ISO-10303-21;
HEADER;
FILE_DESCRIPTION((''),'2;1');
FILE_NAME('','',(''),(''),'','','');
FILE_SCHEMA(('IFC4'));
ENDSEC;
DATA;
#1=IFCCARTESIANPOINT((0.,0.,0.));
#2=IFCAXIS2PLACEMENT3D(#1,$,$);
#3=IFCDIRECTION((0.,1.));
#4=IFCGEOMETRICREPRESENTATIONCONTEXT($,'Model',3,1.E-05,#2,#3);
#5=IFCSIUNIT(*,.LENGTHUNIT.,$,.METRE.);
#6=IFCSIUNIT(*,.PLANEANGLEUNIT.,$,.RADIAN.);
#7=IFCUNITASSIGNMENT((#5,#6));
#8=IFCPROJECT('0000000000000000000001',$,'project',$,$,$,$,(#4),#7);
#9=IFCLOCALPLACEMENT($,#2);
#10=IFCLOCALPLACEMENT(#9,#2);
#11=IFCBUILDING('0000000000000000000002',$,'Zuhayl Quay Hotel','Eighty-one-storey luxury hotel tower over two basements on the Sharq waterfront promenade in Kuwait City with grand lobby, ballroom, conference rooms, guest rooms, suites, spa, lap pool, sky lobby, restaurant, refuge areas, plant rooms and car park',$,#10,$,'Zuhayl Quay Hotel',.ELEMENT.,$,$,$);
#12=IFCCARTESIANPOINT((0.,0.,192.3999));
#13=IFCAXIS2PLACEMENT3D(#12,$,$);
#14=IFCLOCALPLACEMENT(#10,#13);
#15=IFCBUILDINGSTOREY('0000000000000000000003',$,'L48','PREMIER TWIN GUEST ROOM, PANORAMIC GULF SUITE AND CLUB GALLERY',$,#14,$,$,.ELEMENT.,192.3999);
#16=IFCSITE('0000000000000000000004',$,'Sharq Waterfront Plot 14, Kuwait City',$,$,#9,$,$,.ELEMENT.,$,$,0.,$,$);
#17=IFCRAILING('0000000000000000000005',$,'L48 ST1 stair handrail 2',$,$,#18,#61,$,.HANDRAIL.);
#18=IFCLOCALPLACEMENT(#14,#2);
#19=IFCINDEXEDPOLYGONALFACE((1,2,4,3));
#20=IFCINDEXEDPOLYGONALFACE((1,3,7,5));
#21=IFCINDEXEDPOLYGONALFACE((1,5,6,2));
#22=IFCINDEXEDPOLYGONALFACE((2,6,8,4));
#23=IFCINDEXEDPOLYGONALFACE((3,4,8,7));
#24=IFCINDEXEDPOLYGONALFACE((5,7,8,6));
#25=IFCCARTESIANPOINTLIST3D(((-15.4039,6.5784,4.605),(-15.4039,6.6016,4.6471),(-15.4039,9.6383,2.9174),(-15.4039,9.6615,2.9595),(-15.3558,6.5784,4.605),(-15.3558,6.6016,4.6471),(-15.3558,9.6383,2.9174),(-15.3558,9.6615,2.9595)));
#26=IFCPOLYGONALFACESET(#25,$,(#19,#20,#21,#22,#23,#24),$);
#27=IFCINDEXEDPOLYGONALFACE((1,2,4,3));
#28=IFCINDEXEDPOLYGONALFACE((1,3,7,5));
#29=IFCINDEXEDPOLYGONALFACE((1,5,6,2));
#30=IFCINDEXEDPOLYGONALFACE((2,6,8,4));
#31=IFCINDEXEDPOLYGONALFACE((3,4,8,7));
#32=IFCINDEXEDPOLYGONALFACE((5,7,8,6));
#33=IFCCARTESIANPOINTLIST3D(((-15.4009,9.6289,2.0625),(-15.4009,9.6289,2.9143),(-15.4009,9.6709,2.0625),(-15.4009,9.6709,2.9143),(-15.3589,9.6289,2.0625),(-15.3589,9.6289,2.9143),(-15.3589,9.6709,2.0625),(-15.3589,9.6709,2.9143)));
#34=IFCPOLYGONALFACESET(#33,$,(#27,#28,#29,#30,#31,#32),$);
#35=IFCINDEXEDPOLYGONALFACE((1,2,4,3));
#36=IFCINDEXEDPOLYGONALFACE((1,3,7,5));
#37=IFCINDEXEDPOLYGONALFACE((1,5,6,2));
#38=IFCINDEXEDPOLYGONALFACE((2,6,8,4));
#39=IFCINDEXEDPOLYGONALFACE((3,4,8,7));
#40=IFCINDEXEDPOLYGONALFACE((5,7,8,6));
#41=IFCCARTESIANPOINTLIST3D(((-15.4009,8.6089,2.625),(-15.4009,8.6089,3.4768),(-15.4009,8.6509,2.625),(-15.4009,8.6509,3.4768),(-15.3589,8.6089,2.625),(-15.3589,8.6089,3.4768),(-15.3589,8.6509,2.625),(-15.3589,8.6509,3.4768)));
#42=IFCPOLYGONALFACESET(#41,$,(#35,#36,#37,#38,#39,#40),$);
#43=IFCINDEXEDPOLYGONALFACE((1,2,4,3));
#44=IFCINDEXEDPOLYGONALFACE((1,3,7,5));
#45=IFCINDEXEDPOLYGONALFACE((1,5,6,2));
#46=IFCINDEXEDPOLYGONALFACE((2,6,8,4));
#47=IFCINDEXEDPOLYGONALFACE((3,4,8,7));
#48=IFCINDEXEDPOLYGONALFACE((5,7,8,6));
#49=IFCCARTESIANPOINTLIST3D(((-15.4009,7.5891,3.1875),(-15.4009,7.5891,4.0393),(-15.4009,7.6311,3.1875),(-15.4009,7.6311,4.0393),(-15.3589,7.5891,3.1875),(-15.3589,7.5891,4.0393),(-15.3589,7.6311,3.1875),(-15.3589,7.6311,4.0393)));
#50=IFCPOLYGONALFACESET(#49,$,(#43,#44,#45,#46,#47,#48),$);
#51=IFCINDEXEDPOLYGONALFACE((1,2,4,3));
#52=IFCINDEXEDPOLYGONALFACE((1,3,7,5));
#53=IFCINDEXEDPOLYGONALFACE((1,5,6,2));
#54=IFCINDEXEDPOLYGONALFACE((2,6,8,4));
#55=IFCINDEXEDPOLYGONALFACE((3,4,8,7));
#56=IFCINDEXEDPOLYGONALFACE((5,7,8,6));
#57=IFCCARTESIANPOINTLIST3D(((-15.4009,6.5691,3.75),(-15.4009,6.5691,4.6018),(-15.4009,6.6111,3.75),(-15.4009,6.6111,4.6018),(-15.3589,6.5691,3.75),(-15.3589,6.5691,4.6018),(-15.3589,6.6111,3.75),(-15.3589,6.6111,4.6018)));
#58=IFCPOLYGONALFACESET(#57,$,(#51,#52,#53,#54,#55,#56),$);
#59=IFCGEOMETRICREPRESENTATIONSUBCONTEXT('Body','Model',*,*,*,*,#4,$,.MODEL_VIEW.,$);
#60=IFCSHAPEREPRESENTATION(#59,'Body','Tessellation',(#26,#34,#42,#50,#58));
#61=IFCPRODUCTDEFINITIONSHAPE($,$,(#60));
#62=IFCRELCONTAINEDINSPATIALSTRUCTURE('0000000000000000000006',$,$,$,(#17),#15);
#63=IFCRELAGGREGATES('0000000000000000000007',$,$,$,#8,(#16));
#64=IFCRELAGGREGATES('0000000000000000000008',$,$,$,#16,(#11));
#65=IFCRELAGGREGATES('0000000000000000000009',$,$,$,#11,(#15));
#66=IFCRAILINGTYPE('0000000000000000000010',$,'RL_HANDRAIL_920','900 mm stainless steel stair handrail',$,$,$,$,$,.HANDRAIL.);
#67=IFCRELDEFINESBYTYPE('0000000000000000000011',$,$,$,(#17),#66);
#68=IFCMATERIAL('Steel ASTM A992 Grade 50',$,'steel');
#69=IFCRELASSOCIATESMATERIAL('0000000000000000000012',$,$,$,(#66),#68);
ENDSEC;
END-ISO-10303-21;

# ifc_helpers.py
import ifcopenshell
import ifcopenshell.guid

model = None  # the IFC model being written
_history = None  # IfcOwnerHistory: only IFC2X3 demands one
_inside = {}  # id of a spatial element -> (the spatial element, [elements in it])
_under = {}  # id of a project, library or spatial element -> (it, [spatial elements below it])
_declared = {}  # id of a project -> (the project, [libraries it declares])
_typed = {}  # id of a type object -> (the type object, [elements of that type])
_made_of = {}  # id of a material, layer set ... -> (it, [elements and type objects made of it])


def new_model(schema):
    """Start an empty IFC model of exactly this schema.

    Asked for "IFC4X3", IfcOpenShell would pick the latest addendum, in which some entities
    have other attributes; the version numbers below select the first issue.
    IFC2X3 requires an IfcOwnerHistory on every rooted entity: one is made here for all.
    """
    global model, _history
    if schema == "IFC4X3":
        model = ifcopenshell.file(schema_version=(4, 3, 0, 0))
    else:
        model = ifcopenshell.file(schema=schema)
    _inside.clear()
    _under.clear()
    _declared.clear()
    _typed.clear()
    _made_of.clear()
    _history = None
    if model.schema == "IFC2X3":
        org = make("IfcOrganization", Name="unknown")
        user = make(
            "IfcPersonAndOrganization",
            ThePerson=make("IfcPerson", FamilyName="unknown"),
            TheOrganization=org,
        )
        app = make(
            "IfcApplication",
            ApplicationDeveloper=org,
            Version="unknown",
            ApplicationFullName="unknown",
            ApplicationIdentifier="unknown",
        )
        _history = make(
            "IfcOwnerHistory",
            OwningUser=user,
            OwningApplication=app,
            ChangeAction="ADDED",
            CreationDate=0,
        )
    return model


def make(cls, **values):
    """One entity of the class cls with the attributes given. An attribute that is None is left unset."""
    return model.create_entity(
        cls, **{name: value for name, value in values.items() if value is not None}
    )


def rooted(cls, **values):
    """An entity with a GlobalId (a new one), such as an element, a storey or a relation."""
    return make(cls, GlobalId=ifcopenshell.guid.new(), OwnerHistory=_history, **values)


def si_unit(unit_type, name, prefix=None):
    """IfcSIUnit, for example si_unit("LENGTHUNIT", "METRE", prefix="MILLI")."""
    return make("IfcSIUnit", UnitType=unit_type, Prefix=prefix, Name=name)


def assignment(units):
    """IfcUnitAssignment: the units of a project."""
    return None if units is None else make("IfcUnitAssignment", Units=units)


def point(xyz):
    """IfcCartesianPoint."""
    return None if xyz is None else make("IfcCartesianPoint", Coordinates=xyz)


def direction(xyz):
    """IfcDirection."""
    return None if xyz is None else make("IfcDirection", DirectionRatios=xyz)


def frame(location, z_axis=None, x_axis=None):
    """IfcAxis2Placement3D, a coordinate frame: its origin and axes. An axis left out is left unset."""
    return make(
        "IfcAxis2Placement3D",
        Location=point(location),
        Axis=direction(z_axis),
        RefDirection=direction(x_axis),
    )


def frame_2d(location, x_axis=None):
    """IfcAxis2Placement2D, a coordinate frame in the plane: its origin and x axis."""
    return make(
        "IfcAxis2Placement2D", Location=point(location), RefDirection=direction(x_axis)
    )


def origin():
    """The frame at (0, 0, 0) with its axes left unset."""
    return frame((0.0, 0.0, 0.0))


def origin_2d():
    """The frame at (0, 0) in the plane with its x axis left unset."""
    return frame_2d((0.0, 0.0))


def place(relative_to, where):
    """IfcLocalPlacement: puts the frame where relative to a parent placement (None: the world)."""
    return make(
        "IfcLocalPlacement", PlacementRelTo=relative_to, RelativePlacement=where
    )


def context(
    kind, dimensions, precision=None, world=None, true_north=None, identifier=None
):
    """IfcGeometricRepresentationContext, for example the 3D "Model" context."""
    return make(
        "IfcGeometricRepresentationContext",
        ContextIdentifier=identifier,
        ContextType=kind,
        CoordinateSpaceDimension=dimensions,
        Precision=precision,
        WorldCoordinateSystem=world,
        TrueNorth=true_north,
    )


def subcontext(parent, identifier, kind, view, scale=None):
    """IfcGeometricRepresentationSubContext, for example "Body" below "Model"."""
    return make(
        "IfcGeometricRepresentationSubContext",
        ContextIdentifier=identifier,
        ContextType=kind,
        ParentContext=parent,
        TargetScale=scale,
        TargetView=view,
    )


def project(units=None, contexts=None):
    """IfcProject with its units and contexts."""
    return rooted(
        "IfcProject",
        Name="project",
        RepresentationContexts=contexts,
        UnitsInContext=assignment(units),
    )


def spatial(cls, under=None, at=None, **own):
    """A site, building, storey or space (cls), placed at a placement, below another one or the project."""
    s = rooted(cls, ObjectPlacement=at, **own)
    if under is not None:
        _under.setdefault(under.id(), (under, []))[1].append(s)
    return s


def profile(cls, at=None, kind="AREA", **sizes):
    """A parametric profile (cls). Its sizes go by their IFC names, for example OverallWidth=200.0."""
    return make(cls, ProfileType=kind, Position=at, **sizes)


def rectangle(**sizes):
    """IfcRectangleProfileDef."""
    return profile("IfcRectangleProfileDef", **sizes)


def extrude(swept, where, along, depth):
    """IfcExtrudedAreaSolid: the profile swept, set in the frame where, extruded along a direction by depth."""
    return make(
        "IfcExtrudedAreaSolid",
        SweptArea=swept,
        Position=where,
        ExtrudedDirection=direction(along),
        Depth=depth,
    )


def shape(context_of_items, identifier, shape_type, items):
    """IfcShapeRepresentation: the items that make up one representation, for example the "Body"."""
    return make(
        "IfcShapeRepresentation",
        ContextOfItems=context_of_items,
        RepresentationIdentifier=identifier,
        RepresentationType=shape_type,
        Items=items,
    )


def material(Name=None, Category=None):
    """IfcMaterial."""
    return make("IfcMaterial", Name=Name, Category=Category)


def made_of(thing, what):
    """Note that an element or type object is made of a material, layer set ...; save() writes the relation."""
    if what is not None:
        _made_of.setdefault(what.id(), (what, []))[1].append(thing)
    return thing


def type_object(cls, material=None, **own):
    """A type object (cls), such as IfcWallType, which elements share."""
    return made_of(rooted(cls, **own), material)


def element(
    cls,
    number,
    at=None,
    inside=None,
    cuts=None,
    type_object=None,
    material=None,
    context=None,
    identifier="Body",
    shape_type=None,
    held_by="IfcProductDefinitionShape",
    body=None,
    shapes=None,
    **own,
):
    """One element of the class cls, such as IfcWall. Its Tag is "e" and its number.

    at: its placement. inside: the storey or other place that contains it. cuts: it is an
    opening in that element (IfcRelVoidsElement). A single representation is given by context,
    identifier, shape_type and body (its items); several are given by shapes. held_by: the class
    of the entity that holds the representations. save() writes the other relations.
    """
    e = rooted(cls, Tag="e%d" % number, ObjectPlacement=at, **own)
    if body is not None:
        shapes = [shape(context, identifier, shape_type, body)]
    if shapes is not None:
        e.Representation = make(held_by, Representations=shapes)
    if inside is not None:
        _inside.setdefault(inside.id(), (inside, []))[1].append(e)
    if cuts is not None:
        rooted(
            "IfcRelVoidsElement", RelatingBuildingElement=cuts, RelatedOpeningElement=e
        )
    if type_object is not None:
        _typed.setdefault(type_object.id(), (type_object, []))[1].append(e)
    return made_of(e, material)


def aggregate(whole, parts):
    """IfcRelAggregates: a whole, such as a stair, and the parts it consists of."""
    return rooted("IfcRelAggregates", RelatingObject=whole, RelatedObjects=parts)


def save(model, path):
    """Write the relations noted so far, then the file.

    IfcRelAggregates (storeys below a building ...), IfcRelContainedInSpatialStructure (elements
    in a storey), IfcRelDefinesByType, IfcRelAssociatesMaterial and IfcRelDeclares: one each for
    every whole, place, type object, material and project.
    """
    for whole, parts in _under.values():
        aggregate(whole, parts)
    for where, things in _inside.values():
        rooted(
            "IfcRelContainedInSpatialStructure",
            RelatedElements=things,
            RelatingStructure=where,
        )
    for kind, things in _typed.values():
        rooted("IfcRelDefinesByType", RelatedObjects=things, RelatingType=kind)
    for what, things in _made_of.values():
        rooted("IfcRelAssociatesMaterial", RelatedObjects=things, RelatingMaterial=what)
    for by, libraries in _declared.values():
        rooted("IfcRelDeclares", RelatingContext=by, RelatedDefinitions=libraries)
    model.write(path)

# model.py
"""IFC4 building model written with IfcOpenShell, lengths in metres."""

from ifc_helpers import new_model, si_unit, direction, frame, origin, origin_2d, place, context, subcontext, project, spatial, rectangle, extrude, material, type_object, element, save


model = new_model("IFC4")

# Units and contexts
model_context = context("Model", 3, precision=1e-05, world=origin(), true_north=direction((0.0, 1.0)))
body_context = subcontext(model_context, "Body", "Model", "MODEL_VIEW")
ifc_project = project(units=[si_unit("LENGTHUNIT", "METRE"), si_unit("PLANEANGLEUNIT", "RADIAN")], contexts=[model_context])

# Site, building, storey
site_placement = place(None, origin())
site = spatial("IfcSite", under=ifc_project, at=site_placement, Name="Sharq Waterfront Plot 14, Kuwait City", CompositionType="ELEMENT", RefElevation=0.0)
building_placement = place(site_placement, origin())
building = spatial("IfcBuilding", under=site, at=building_placement, Name="Zuhayl Quay Hotel", Description="Eighty-one-storey luxury hotel tower over two basements on the Sharq waterfront promenade in Kuwait City with grand lobby, ballroom, conference rooms, guest rooms, suites, spa, lap pool, sky lobby, restaurant, refuge areas, plant rooms and car park", LongName="Zuhayl Quay Hotel", CompositionType="ELEMENT")
storey_placement = place(building_placement, frame((0.0, 0.0, 192.3999)))
storey = spatial("IfcBuildingStorey", under=building, at=storey_placement, Name="L48", Description="PREMIER TWIN GUEST ROOM, PANORAMIC GULF SUITE AND CLUB GALLERY", CompositionType="ELEMENT", Elevation=192.3999)

# Shared definitions
ifc_material_1 = material(Name="Steel ASTM A992 Grade 50", Category="steel")

# Railing
railing_type_1 = type_object("IfcRailingType", Name="RL_HANDRAIL_920", Description="900 mm stainless steel stair handrail", PredefinedType="HANDRAIL", material=ifc_material_1)
railing_1_placement = place(storey_placement, frame((-15.3799, 9.6499, 2.0625)))
element("IfcRailing", 1, at=railing_1_placement, inside=storey, type_object=railing_type_1, Name="L48 ST1 stair handrail 2", PredefinedType="HANDRAIL", context=body_context, shape_type="SweptSolid", body=[
    extrude(rectangle(XDim=0.0481, YDim=0.0481, at=origin_2d()), frame((0.0, 0.0, 0.876), z_axis=(0.0, -0.875659, 0.48293), x_axis=(1.0, 0.0, 0.0)), (0.0, 0.0, 1.0), 3.4944),
    extrude(rectangle(XDim=0.042, YDim=0.042, at=origin_2d()), origin(), (0.0, 0.0, 1.0), 0.8518),
    extrude(rectangle(XDim=0.042, YDim=0.042, at=origin_2d()), frame((0.0, -1.02, 0.5625)), (0.0, 0.0, 1.0), 0.8518),
    extrude(rectangle(XDim=0.042, YDim=0.042, at=origin_2d()), frame((0.0, -2.0398, 1.125)), (0.0, 0.0, 1.0), 0.8518),
    extrude(rectangle(XDim=0.042, YDim=0.042, at=origin_2d()), frame((0.0, -3.0598, 1.6875)), (0.0, 0.0, 1.0), 0.8518),
])

save(model, "model.ifc")
